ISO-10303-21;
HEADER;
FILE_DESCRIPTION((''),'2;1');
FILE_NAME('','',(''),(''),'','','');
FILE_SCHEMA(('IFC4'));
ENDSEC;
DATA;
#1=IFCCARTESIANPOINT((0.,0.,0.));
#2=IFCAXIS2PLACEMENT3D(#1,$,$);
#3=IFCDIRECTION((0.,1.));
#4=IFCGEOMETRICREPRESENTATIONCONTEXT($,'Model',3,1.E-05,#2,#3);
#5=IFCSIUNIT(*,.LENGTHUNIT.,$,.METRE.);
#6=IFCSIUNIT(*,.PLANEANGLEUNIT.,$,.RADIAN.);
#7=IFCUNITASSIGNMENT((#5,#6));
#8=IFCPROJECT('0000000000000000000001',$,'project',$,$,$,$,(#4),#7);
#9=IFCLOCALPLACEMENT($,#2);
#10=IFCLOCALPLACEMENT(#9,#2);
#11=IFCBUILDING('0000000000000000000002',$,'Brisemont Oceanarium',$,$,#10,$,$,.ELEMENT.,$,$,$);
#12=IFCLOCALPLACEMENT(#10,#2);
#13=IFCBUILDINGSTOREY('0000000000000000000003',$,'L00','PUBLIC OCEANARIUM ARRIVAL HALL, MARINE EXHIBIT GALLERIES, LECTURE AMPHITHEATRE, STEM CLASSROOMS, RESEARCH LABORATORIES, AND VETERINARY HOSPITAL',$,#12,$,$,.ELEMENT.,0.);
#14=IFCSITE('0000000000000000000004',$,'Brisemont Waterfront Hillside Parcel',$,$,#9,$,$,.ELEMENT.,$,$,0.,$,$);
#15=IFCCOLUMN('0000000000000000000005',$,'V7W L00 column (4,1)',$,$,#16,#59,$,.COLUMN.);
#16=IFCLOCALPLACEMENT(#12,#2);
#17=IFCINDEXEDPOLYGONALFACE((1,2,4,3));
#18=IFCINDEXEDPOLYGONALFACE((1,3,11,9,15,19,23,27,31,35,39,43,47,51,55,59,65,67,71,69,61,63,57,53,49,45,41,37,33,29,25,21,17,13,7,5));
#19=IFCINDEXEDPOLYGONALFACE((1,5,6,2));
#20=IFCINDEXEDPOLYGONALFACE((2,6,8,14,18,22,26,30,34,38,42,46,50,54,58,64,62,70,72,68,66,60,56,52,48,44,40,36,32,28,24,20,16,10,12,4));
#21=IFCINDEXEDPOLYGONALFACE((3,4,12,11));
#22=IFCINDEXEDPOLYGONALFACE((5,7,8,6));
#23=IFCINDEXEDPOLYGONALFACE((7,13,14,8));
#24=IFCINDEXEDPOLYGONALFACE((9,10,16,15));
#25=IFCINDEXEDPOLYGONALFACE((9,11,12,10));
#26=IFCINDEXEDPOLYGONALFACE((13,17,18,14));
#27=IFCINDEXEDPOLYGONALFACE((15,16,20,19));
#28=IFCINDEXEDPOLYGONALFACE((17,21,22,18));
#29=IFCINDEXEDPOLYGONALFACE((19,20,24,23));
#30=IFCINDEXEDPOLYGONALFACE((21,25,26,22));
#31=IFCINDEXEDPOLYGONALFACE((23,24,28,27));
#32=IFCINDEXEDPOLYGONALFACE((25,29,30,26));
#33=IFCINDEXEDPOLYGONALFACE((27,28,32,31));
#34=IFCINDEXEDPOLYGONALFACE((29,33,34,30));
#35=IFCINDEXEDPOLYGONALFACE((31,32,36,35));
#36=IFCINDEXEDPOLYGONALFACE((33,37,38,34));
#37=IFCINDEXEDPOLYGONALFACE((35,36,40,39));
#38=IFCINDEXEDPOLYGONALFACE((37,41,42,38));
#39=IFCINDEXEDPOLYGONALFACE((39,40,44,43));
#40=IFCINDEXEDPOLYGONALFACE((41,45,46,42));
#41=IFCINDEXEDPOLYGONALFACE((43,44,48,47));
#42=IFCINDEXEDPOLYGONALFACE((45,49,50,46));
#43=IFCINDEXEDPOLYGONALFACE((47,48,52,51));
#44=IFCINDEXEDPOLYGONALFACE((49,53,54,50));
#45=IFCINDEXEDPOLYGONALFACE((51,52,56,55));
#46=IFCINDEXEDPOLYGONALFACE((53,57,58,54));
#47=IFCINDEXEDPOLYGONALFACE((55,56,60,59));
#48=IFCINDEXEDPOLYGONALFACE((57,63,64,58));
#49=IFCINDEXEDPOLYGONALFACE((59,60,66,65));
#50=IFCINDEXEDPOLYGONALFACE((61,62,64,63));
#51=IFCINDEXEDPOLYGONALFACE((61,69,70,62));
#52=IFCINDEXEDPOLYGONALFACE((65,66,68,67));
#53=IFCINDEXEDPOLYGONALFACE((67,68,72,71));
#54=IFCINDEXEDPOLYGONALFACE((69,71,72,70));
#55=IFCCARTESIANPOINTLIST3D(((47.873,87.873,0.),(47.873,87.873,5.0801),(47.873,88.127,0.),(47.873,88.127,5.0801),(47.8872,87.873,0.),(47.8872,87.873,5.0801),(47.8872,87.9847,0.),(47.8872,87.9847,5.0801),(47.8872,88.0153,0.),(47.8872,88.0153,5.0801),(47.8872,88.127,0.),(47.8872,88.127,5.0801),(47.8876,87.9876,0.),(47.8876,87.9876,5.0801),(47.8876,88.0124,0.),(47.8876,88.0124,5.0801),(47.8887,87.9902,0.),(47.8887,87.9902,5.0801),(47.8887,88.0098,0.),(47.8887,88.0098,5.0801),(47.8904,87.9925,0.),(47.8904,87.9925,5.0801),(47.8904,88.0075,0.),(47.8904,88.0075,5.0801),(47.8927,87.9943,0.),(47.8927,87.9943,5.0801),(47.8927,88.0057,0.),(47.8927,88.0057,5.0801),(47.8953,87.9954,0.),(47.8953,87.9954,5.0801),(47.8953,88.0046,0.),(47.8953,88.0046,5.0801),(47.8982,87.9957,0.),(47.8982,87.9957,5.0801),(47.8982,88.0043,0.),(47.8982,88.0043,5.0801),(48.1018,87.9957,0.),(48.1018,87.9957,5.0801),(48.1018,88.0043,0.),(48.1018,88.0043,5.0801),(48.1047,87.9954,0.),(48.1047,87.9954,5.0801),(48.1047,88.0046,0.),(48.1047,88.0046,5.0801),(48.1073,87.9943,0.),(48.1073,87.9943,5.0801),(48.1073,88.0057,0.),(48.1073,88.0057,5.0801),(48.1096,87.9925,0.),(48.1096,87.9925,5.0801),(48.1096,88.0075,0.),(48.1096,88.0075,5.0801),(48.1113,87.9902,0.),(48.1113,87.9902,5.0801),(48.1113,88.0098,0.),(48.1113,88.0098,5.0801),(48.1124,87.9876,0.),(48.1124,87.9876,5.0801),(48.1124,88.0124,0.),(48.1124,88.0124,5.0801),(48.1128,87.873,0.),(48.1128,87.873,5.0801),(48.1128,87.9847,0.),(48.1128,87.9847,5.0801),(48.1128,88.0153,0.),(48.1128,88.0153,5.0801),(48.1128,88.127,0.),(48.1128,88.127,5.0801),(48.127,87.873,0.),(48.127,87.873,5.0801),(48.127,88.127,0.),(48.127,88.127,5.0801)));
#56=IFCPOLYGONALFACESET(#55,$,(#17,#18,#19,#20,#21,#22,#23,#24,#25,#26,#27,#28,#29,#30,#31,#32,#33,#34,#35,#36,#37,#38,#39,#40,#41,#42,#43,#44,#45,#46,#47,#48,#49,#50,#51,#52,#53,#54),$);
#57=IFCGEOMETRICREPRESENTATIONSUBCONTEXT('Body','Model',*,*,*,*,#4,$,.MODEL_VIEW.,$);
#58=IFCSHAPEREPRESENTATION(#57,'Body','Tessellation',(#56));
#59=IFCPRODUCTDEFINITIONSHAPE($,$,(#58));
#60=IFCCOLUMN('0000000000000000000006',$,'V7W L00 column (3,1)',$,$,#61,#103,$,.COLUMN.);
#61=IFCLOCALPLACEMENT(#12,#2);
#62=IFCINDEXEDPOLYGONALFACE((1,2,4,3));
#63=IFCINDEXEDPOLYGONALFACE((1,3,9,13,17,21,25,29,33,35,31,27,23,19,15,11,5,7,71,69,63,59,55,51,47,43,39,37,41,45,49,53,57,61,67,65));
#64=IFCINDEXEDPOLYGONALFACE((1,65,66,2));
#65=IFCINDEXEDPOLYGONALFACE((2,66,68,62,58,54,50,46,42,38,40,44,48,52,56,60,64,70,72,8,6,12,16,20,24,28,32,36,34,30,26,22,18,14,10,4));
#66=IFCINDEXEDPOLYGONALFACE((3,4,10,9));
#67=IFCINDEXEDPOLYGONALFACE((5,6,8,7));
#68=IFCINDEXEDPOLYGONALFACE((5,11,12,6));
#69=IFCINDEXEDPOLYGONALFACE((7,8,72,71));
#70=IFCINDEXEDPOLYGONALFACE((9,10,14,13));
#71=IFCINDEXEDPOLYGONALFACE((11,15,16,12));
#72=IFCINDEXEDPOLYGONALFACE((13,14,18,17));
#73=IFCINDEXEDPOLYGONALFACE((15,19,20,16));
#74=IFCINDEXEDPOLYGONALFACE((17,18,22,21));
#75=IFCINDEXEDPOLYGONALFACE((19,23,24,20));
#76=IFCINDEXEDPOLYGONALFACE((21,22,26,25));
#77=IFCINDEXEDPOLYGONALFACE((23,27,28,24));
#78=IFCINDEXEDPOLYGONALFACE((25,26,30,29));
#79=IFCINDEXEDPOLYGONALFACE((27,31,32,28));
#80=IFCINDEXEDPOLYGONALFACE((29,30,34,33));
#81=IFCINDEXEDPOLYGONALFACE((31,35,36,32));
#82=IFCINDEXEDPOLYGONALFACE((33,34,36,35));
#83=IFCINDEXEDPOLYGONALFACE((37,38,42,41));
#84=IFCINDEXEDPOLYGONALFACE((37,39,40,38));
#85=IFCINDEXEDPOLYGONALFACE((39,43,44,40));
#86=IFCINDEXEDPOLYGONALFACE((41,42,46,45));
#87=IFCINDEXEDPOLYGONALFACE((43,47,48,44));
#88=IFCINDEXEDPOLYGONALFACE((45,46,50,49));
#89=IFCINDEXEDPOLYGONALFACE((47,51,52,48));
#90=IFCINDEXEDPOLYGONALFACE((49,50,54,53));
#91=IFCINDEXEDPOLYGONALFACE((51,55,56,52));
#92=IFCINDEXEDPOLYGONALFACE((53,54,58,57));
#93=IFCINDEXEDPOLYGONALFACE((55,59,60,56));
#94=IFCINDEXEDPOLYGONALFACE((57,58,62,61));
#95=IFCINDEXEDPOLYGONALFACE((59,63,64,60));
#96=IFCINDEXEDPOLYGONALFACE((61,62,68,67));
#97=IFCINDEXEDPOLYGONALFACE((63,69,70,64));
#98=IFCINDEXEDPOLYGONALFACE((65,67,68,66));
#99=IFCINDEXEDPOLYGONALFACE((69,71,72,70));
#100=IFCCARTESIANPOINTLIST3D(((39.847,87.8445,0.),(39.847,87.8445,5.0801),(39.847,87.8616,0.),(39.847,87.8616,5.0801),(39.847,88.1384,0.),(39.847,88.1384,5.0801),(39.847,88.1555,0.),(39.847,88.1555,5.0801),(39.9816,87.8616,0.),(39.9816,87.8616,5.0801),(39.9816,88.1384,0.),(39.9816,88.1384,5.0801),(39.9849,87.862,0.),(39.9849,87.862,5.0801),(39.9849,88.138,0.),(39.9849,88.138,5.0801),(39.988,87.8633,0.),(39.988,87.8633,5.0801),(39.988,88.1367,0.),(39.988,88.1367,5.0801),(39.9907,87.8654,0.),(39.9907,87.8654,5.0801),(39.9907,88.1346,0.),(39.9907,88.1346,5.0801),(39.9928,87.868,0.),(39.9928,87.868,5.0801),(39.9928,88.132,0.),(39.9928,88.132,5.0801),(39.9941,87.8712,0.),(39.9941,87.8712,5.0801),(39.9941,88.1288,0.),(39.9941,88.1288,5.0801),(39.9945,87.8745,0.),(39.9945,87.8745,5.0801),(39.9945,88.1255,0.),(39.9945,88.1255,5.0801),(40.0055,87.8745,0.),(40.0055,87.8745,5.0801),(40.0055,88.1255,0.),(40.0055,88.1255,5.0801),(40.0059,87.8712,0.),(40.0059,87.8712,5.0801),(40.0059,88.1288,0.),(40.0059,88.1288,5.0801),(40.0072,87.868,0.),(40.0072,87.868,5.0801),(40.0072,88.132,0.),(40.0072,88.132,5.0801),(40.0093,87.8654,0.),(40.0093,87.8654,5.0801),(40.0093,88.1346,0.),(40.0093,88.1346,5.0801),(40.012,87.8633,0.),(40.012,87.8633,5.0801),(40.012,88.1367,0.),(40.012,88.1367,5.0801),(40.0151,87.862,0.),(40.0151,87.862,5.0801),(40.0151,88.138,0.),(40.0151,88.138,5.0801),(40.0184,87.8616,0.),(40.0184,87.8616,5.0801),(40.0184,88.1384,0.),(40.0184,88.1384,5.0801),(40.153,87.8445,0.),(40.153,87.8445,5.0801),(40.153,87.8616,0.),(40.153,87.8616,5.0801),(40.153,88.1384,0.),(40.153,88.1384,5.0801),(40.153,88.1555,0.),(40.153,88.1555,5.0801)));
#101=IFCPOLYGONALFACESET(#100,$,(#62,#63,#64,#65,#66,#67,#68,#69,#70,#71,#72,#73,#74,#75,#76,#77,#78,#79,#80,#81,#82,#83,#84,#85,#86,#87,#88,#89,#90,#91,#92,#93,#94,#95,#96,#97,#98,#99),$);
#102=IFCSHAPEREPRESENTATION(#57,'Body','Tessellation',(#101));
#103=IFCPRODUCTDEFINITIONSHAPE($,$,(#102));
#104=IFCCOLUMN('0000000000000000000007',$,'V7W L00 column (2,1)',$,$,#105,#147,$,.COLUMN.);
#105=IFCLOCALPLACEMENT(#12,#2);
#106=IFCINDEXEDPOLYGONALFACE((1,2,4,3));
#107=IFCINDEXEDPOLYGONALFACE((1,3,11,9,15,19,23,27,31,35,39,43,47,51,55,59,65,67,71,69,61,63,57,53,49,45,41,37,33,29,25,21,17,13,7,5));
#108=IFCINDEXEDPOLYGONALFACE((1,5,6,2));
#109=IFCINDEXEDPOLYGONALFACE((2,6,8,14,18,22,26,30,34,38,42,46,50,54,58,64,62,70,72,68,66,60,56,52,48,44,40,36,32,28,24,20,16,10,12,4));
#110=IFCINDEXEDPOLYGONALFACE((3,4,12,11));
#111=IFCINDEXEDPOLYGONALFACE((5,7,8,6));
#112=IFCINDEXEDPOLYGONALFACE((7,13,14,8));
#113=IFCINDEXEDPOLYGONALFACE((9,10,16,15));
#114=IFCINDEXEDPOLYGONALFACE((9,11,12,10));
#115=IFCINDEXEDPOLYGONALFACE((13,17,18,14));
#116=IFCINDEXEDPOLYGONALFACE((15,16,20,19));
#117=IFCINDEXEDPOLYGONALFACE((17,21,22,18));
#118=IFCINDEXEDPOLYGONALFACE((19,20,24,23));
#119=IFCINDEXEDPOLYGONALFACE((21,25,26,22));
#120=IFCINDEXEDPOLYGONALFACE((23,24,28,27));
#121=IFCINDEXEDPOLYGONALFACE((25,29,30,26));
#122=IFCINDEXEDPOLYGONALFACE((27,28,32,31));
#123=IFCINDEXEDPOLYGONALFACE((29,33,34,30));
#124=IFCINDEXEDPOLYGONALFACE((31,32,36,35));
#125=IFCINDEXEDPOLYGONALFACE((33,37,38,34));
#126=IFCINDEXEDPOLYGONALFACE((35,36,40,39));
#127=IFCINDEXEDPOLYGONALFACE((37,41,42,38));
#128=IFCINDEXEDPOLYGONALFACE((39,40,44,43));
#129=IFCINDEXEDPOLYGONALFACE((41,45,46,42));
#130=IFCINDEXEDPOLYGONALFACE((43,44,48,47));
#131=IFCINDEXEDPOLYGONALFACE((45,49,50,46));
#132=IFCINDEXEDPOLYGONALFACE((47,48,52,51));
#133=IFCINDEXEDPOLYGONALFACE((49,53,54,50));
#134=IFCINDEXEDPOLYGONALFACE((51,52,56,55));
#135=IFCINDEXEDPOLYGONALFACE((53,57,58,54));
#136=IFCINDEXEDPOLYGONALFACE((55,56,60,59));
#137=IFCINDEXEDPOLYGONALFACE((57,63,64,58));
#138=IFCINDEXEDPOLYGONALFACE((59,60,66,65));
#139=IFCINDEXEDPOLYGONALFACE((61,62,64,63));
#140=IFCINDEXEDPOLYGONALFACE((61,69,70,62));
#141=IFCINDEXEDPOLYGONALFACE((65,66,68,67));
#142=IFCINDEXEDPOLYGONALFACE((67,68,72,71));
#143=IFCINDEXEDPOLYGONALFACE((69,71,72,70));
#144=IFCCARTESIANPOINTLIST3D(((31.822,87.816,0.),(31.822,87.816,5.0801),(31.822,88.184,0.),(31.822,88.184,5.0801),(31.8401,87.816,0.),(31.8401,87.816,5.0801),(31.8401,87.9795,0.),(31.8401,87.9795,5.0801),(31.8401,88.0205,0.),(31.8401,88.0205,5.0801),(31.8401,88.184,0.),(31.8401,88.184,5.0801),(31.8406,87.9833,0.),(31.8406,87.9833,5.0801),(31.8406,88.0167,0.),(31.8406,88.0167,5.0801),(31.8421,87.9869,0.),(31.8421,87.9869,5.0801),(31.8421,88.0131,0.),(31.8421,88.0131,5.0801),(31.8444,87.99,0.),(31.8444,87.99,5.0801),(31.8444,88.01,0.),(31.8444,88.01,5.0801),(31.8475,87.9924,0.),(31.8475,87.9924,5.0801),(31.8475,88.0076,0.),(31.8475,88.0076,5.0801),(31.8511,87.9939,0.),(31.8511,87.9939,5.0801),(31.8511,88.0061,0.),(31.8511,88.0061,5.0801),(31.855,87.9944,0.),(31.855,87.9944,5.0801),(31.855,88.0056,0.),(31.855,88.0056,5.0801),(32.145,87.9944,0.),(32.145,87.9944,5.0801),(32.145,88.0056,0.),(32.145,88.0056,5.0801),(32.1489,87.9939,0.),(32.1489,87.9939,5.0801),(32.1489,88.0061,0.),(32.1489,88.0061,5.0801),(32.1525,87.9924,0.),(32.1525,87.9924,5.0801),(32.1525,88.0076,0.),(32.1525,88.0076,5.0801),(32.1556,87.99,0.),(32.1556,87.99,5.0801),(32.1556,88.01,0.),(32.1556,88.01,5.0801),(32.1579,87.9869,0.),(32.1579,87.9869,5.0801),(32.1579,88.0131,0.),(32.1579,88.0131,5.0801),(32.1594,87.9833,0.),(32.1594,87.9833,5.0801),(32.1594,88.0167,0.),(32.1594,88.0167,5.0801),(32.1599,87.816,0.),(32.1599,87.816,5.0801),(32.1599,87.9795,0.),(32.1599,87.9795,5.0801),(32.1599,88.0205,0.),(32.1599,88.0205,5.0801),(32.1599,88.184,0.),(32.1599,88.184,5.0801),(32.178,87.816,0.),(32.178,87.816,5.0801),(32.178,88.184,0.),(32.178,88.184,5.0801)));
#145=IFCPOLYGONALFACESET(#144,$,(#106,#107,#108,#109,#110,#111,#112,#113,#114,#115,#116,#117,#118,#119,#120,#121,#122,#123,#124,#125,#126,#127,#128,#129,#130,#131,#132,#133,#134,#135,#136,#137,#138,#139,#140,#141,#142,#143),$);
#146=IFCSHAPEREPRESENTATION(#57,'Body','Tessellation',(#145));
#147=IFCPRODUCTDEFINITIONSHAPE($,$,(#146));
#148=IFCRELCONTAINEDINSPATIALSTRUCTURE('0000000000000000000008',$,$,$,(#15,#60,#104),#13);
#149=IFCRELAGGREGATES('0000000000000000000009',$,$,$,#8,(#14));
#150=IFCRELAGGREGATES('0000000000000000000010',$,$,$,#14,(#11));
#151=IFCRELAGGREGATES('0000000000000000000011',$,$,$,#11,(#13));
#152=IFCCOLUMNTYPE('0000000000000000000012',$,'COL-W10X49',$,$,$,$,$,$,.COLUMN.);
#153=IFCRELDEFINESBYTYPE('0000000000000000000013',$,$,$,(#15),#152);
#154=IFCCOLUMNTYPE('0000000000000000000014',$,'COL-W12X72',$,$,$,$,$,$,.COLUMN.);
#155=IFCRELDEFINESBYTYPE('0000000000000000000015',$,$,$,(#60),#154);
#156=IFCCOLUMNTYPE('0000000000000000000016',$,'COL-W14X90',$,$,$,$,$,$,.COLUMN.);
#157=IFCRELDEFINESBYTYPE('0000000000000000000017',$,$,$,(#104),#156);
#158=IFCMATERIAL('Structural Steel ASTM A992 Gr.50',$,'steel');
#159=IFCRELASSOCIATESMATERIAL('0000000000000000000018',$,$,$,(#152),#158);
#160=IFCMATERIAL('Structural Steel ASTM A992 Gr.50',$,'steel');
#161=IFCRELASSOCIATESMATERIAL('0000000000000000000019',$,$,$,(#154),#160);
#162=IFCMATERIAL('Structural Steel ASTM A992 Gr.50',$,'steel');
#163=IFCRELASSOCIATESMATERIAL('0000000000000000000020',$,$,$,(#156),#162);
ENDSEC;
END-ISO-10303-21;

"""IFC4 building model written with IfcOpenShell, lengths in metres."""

from ifc_helpers import new_model, si_unit, direction, frame, origin, origin_2d, place, context, subcontext, project, spatial, i_section, extrude, material, material_profile, profile_set, type_object, element, save


model = new_model("IFC4")

# Units and contexts
model_context = context("Model", 3, precision=1e-05, world=origin(), true_north=direction((0.0, 1.0)))
body_context = subcontext(model_context, "Body", "Model", "MODEL_VIEW")
ifc_project = project(units=[si_unit("LENGTHUNIT", "METRE"), si_unit("PLANEANGLEUNIT", "RADIAN")], contexts=[model_context])

# Site, building, storey
site_placement = place(None, origin())
site = spatial("IfcSite", under=ifc_project, at=site_placement, Name="Brisemont Waterfront Hillside Parcel", CompositionType="ELEMENT", RefElevation=0.0)
building_placement = place(site_placement, origin())
building = spatial("IfcBuilding", under=site, at=building_placement, Name="Brisemont Oceanarium", CompositionType="ELEMENT")
storey_placement = place(building_placement, origin())
storey = spatial("IfcBuildingStorey", under=building, at=storey_placement, Name="L00", Description="PUBLIC OCEANARIUM ARRIVAL HALL, MARINE EXHIBIT GALLERIES, LECTURE AMPHITHEATRE, STEM CLASSROOMS, RESEARCH LABORATORIES, AND VETERINARY HOSPITAL", CompositionType="ELEMENT", Elevation=0.0)

# Columns
ifc_material_1 = material(Name="Structural Steel ASTM A992 Gr.50", Category="steel")
ifc_material_profile_1 = material_profile(ifc_material_1, i_section(OverallWidth=0.2539, OverallDepth=0.2539, WebThickness=0.0085, FlangeThickness=0.0142, FilletRadius=0.011, at=origin_2d()), Name="W10X49")
ifc_profile_set_1 = profile_set([ifc_material_profile_1], Name="Structural Steel ASTM A992 Gr.50")
column_type_1 = type_object("IfcColumnType", Name="COL-W10X49", PredefinedType="COLUMN", material=ifc_profile_set_1)
column_1_placement = place(storey_placement, frame((48.0, 88.0, 0.0), z_axis=(0.0, 0.0, 1.0), x_axis=(0.0, 1.0, 0.0)))
element("IfcColumn", 1, at=column_1_placement, inside=storey, type_object=column_type_1, Name="V7W L00 column (4,1)", PredefinedType="COLUMN", context=body_context, shape_type="SweptSolid", body=[
    extrude(i_section(OverallWidth=0.2539, OverallDepth=0.2539, WebThickness=0.0085, FlangeThickness=0.0142, FilletRadius=0.011, at=origin_2d()), origin(), (0.0, 0.0, 1.0), 5.0801),
])
ifc_material_2 = material(Name="Structural Steel ASTM A992 Gr.50", Category="steel")
ifc_material_profile_2 = material_profile(ifc_material_2, i_section(OverallWidth=0.3059, OverallDepth=0.311, WebThickness=0.011, FlangeThickness=0.0171, FilletRadius=0.0129, at=origin_2d()), Name="W12X72")
ifc_profile_set_2 = profile_set([ifc_material_profile_2], Name="Structural Steel ASTM A992 Gr.50")
column_type_2 = type_object("IfcColumnType", Name="COL-W12X72", PredefinedType="COLUMN", material=ifc_profile_set_2)
column_2_placement = place(storey_placement, frame((40.0, 88.0, 0.0), z_axis=(0.0, 0.0, 1.0), x_axis=(1.0, 0.0, 0.0)))
element("IfcColumn", 2, at=column_2_placement, inside=storey, type_object=column_type_2, Name="V7W L00 column (3,1)", PredefinedType="COLUMN", context=body_context, shape_type="SweptSolid", body=[
    extrude(i_section(OverallWidth=0.3059, OverallDepth=0.311, WebThickness=0.011, FlangeThickness=0.0171, FilletRadius=0.0129, at=origin_2d()), origin(), (0.0, 0.0, 1.0), 5.0801),
])
ifc_material_3 = material(Name="Structural Steel ASTM A992 Gr.50", Category="steel")
ifc_material_profile_3 = material_profile(ifc_material_3, i_section(OverallWidth=0.3679, OverallDepth=0.356, WebThickness=0.0112, FlangeThickness=0.0181, FilletRadius=0.0149, at=origin_2d()), Name="W14X90")
ifc_profile_set_3 = profile_set([ifc_material_profile_3], Name="Structural Steel ASTM A992 Gr.50")
column_type_3 = type_object("IfcColumnType", Name="COL-W14X90", PredefinedType="COLUMN", material=ifc_profile_set_3)
column_3_placement = place(storey_placement, frame((32.0, 88.0, 0.0), z_axis=(0.0, 0.0, 1.0), x_axis=(0.0, 1.0, 0.0)))
element("IfcColumn", 3, at=column_3_placement, inside=storey, type_object=column_type_3, Name="V7W L00 column (2,1)", PredefinedType="COLUMN", context=body_context, shape_type="SweptSolid", body=[
    extrude(i_section(OverallWidth=0.3679, OverallDepth=0.356, WebThickness=0.0112, FlangeThickness=0.0181, FilletRadius=0.0149, at=origin_2d()), origin(), (0.0, 0.0, 1.0), 5.0801),
])

save(model, "model.ifc")
